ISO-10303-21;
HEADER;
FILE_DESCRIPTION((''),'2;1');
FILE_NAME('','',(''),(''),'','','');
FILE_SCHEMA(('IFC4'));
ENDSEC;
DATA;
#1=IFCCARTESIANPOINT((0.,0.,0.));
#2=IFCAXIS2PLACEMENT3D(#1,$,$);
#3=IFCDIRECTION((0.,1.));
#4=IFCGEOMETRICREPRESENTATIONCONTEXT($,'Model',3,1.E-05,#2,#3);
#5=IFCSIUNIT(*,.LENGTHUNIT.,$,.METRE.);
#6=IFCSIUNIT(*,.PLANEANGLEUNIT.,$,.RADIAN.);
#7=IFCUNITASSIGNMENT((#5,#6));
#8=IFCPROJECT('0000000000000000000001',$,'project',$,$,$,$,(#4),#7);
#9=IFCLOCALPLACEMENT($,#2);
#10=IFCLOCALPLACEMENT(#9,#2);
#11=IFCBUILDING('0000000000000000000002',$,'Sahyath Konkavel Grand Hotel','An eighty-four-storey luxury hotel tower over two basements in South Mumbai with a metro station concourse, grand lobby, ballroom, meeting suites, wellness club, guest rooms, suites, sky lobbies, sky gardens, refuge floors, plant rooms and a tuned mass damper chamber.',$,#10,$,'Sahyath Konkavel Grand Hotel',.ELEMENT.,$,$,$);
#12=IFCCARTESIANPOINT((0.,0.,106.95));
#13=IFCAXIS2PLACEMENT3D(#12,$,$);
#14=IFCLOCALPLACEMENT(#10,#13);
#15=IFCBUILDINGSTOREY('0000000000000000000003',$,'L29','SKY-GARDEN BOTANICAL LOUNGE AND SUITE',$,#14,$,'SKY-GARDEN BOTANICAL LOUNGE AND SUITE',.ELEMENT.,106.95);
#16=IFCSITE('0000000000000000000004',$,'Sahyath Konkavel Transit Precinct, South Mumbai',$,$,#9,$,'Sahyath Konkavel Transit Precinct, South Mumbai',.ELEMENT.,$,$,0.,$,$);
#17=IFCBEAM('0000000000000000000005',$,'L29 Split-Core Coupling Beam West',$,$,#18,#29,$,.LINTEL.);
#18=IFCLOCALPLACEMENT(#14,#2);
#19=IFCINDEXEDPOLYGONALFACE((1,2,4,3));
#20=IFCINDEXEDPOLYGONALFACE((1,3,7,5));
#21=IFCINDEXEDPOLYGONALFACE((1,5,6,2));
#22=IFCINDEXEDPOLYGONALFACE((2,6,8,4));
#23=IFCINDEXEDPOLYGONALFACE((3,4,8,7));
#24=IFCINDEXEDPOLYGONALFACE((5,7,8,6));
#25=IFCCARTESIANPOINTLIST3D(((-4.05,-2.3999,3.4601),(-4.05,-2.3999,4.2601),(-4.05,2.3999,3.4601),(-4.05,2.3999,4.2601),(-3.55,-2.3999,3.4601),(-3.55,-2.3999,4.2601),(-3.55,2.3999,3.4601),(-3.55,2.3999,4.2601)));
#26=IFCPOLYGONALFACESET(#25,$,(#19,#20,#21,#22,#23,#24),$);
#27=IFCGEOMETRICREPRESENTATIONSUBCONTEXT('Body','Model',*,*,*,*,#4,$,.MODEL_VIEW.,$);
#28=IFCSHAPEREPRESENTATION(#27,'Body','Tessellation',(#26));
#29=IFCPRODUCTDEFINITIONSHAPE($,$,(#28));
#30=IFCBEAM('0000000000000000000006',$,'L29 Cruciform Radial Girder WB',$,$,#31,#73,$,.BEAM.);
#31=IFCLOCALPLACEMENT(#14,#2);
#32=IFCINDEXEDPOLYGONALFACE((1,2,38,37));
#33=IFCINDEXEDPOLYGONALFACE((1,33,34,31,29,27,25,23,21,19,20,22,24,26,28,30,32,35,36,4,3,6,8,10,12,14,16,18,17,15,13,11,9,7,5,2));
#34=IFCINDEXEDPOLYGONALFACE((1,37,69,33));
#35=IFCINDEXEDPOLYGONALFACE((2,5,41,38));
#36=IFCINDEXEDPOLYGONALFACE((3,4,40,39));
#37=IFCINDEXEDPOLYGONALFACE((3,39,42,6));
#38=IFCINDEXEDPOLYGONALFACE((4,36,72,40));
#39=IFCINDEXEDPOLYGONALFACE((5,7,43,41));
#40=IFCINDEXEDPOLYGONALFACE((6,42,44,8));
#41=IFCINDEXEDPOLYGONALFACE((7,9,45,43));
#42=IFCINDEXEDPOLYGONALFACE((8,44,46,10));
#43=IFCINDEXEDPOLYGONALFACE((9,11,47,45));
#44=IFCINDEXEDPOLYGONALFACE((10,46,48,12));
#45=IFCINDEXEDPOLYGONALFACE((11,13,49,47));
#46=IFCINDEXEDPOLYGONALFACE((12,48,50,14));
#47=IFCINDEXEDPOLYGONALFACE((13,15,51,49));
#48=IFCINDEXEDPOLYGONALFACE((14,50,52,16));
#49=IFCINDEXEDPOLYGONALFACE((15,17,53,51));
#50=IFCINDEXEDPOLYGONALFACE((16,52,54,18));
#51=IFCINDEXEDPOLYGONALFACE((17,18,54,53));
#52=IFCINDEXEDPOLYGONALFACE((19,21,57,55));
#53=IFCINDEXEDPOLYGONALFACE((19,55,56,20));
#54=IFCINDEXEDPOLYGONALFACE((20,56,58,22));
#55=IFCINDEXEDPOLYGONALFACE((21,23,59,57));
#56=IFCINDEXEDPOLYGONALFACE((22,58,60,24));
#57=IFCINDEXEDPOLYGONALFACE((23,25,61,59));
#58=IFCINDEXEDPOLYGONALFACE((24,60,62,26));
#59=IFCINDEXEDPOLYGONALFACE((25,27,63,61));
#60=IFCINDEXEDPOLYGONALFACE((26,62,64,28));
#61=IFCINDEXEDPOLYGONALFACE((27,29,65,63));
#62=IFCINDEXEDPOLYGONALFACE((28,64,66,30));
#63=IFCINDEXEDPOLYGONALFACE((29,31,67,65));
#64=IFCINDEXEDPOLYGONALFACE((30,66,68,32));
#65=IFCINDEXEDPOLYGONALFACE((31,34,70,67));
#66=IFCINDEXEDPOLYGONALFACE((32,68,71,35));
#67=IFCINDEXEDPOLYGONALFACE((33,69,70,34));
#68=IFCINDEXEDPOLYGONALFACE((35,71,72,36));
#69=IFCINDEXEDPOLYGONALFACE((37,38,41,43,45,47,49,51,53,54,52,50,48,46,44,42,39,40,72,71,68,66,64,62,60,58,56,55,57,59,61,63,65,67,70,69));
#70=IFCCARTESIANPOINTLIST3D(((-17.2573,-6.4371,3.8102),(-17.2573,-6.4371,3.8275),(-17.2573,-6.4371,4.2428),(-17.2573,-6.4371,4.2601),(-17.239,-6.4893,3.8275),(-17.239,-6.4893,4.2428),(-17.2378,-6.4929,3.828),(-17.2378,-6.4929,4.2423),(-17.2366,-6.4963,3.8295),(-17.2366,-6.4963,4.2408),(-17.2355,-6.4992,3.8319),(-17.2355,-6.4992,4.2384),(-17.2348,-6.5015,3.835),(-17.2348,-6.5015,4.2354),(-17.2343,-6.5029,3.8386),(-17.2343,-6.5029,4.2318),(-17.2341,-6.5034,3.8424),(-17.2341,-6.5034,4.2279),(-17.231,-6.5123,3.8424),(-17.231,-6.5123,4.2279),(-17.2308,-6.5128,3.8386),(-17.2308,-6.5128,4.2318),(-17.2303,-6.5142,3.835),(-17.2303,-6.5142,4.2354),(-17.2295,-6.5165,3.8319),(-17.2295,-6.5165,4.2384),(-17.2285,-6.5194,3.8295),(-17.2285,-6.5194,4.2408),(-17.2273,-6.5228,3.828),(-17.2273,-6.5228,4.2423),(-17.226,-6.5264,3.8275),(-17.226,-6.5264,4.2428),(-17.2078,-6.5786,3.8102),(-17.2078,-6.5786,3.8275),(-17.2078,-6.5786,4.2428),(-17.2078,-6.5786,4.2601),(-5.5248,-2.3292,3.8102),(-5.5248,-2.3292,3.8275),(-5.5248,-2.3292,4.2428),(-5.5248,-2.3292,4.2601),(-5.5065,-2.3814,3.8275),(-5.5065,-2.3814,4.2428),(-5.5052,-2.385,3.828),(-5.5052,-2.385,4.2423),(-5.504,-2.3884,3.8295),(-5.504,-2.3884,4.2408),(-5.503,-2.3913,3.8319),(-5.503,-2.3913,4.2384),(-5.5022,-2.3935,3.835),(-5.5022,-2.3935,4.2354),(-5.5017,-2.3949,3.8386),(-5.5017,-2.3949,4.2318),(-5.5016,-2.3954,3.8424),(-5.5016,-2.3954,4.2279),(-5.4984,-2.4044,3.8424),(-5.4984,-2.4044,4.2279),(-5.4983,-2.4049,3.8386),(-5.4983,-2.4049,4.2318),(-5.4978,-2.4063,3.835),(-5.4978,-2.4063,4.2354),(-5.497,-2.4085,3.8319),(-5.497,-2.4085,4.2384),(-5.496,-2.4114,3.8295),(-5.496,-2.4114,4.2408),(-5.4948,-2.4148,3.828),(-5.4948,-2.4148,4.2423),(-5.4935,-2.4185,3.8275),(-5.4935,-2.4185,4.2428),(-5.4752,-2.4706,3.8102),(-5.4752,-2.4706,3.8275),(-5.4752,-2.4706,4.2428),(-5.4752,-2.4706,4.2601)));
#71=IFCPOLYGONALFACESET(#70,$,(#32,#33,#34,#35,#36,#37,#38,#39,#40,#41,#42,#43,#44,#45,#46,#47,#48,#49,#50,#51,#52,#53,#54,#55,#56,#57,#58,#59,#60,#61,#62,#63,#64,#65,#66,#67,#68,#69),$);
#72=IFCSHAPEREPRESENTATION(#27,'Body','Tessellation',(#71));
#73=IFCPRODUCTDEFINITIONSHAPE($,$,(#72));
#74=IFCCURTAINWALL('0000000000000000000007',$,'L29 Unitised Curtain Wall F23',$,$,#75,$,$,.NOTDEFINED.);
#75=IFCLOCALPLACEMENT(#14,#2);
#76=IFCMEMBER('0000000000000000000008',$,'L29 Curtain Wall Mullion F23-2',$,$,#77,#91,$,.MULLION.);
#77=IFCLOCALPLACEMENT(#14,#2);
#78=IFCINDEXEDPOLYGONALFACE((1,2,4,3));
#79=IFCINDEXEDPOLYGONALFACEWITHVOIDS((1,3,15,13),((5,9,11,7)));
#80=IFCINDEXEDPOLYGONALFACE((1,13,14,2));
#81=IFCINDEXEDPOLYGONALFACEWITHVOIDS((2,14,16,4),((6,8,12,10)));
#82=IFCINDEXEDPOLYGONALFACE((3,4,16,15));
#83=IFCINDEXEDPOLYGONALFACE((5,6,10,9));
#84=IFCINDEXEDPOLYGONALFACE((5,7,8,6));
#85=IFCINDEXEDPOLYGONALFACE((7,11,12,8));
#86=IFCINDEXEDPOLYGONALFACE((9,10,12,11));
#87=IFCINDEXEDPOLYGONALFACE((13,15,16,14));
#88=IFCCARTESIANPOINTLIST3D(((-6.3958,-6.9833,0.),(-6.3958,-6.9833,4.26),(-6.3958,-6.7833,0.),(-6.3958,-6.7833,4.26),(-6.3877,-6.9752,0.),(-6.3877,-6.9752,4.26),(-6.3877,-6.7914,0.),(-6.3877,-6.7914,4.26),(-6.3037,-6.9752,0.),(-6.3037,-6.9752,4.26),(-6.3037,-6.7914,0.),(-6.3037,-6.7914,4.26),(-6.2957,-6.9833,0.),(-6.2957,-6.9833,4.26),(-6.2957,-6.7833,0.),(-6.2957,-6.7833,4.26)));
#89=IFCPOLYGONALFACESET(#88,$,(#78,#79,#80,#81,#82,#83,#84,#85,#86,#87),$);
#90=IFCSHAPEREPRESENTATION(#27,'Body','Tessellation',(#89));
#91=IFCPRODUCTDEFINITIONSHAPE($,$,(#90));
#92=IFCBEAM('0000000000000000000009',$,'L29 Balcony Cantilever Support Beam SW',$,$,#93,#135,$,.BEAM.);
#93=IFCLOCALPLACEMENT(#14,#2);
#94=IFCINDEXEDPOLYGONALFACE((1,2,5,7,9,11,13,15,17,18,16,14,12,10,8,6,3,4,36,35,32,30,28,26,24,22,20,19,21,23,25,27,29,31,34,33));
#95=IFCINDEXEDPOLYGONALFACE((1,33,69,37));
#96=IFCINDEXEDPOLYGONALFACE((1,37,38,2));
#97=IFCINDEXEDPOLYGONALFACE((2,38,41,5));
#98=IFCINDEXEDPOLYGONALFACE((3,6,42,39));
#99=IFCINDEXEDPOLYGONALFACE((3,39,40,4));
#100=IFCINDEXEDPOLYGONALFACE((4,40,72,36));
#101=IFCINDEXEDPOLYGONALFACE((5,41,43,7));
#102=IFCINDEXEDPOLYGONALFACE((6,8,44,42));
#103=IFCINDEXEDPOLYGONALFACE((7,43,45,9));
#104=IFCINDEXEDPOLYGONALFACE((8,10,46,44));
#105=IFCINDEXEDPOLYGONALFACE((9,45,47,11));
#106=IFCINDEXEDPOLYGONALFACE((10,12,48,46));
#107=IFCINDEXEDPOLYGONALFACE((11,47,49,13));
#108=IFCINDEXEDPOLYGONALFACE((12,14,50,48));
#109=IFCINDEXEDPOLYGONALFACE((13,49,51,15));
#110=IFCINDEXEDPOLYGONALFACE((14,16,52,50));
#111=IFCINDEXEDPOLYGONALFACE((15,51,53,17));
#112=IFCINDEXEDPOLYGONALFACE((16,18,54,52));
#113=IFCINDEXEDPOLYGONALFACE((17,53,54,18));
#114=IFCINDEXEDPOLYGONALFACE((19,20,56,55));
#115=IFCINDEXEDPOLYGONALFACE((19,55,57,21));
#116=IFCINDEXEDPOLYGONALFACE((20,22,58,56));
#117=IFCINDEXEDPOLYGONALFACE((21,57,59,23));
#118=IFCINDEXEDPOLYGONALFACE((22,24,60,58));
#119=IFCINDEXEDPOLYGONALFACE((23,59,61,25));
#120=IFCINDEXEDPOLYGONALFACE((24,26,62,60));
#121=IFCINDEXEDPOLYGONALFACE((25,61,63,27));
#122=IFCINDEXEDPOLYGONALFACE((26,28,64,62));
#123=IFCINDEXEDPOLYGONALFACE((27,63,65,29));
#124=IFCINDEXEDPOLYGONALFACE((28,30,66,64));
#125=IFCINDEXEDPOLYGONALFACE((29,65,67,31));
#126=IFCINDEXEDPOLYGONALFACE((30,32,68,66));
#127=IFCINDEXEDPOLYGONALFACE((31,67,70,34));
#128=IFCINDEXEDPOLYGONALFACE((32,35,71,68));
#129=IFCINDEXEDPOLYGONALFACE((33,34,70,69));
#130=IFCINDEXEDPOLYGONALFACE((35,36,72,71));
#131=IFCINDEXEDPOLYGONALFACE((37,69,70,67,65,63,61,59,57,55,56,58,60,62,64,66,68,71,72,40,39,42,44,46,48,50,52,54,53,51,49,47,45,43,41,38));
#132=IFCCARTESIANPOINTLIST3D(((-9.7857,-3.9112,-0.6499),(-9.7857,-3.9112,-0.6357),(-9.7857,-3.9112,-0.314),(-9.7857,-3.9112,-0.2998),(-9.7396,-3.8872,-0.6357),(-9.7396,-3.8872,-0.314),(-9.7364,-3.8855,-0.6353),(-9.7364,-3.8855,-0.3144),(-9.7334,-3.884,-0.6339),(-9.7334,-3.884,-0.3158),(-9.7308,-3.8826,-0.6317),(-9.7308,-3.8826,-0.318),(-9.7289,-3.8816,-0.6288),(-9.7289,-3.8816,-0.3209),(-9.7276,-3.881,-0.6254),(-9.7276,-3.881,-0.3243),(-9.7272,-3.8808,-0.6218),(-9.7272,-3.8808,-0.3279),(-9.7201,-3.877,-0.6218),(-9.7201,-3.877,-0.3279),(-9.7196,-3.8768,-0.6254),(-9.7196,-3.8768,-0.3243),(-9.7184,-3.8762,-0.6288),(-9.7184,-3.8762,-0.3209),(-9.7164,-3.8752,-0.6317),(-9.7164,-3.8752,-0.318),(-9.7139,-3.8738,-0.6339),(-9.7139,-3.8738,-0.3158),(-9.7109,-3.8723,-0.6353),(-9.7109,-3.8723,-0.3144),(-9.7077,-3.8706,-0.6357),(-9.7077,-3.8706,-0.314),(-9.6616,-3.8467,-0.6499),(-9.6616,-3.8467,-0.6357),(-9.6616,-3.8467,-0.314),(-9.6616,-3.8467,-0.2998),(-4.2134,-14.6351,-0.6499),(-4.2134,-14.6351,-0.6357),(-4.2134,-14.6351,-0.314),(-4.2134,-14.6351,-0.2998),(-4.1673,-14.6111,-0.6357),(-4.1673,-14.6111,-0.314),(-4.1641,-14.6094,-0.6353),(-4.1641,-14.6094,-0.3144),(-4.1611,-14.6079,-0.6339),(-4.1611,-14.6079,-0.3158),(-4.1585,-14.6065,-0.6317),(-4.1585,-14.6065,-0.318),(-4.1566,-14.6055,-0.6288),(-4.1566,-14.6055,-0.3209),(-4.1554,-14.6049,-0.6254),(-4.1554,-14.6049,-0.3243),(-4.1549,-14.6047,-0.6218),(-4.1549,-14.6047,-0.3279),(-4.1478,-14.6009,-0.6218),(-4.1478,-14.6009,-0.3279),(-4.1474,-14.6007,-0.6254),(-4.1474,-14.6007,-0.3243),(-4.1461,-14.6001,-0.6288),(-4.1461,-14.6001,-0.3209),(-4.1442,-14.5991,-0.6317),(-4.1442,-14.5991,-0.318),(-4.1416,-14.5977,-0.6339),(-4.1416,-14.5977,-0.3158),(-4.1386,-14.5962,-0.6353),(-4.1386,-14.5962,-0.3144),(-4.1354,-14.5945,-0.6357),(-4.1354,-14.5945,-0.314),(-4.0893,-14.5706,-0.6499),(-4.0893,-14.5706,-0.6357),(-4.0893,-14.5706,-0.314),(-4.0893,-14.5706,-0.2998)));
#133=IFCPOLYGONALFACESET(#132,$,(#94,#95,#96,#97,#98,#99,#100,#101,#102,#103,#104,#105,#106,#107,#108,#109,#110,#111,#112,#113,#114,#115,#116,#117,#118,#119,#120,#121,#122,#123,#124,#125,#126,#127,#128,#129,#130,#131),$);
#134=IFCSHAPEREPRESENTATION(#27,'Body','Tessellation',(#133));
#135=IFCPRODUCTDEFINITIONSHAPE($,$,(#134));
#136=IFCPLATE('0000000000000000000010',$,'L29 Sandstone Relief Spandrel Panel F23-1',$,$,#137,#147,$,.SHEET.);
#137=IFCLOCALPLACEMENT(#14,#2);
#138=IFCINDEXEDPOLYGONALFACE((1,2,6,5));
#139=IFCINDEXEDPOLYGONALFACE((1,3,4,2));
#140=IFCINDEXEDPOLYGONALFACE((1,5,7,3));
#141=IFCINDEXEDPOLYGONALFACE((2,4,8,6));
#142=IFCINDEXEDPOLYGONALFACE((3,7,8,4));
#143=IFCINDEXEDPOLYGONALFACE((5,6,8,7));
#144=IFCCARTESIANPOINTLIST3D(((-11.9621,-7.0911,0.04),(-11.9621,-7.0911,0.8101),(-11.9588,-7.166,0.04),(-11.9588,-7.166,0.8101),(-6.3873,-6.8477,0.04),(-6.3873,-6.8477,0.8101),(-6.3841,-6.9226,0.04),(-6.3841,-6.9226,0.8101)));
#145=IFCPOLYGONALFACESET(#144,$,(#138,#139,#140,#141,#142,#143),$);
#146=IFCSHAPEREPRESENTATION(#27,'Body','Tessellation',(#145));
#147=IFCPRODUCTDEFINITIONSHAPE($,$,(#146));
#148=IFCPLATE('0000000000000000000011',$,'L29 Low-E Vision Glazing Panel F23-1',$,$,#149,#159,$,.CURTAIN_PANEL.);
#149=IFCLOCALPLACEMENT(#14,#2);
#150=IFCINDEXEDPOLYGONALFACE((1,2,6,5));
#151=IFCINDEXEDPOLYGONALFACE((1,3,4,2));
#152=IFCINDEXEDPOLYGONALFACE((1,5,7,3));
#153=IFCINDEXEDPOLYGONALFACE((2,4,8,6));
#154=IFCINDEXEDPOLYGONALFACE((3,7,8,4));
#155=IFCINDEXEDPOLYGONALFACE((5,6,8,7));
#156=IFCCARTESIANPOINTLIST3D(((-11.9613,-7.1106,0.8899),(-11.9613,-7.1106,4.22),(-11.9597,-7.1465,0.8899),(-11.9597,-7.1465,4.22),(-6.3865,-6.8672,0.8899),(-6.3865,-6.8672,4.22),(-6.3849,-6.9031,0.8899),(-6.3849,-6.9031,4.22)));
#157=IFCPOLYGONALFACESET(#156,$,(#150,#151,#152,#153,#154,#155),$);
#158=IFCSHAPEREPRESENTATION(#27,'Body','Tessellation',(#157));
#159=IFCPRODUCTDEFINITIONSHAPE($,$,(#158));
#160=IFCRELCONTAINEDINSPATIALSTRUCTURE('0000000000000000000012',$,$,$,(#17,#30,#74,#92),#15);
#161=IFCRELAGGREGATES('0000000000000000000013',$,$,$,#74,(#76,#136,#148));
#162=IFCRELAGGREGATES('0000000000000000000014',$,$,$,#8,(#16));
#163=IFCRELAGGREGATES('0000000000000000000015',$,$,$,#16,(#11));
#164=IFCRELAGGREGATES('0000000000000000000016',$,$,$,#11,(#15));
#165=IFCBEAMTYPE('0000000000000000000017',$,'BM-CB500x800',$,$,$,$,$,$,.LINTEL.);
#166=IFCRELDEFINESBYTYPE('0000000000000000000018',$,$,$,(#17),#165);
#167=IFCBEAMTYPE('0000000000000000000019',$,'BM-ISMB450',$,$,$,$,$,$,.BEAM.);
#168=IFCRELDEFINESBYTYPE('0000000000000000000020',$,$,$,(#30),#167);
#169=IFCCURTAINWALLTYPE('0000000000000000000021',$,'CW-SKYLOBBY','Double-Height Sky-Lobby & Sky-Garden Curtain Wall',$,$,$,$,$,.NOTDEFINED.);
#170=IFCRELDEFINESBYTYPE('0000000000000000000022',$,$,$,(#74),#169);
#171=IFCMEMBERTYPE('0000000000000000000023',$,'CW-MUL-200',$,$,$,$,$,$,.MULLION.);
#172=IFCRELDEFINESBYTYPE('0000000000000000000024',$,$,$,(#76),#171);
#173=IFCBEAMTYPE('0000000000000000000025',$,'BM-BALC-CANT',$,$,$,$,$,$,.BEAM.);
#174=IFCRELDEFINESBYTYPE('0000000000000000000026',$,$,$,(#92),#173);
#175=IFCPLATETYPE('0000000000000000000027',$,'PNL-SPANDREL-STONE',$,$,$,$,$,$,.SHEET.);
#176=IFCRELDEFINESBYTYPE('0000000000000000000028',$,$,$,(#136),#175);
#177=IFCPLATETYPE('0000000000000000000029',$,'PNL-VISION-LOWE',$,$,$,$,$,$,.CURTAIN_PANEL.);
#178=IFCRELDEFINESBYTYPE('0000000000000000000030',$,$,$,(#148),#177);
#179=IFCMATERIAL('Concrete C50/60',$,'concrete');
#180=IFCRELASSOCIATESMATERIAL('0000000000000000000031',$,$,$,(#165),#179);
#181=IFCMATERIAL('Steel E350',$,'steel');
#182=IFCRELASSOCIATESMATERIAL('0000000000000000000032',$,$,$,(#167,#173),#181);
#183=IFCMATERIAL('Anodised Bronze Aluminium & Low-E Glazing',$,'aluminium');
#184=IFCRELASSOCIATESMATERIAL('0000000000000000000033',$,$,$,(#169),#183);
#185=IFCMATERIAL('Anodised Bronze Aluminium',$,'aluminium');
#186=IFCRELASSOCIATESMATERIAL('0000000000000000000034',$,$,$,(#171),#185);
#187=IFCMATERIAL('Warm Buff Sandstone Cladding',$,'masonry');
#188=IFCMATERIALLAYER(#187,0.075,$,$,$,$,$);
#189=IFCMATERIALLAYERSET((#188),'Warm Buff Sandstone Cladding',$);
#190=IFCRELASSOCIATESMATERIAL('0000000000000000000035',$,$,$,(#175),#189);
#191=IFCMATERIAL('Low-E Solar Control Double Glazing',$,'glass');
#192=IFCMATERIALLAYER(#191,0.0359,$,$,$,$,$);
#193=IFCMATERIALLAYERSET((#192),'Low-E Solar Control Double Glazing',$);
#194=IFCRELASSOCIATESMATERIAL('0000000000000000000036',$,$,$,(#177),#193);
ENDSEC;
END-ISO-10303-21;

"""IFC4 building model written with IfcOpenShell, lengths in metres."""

from ifc_helpers import new_model, si_unit, direction, frame, origin, origin_2d, place, context, subcontext, project, spatial, rectangle, hollow_rectangle, i_section, extrude, source, transform, mapped, material, layer, layer_set, material_profile, profile_set, type_object, element, aggregate, save


model = new_model("IFC4")

# Units and contexts
model_context = context("Model", 3, precision=1e-05, world=origin(), true_north=direction((0.0, 1.0)))
body_context = subcontext(model_context, "Body", "Model", "MODEL_VIEW")
ifc_project = project(units=[si_unit("LENGTHUNIT", "METRE"), si_unit("PLANEANGLEUNIT", "RADIAN")], contexts=[model_context])

# Site, building, storey
site_placement = place(None, origin())
site = spatial("IfcSite", under=ifc_project, at=site_placement, Name="Sahyath Konkavel Transit Precinct, South Mumbai", LongName="Sahyath Konkavel Transit Precinct, South Mumbai", CompositionType="ELEMENT", RefElevation=0.0)
building_placement = place(site_placement, origin())
building = spatial("IfcBuilding", under=site, at=building_placement, Name="Sahyath Konkavel Grand Hotel", Description="An eighty-four-storey luxury hotel tower over two basements in South Mumbai with a metro station concourse, grand lobby, ballroom, meeting suites, wellness club, guest rooms, suites, sky lobbies, sky gardens, refuge floors, plant rooms and a tuned mass damper chamber.", LongName="Sahyath Konkavel Grand Hotel", CompositionType="ELEMENT")
storey_placement = place(building_placement, frame((0.0, 0.0, 106.95)))
storey = spatial("IfcBuildingStorey", under=building, at=storey_placement, Name="L29", Description="SKY-GARDEN BOTANICAL LOUNGE AND SUITE", LongName="SKY-GARDEN BOTANICAL LOUNGE AND SUITE", CompositionType="ELEMENT", Elevation=106.95)

# Shared definitions
ifc_material_1 = material(Name="Concrete C50/60", Category="concrete")

# Beams
ifc_material_2 = material(Name="Steel E350", Category="steel")
ifc_material_profile_1 = material_profile(ifc_material_1, rectangle(XDim=0.5, YDim=0.8, at=origin_2d()), Name="RC 500x800")
ifc_profile_set_1 = profile_set([ifc_material_profile_1], Name="Concrete C50/60")
beam_type_1 = type_object("IfcBeamType", Name="BM-CB500x800", PredefinedType="LINTEL", material=ifc_profile_set_1)
shared_shape_1 = source(origin(), body_context, "Body", "SweptSolid", [
    extrude(rectangle(XDim=0.5, YDim=0.8, at=origin_2d()), origin(), (0.0, 0.0, 1.0), 4.7998),
])
beam_1_placement = place(storey_placement, frame((-3.8, -2.3999, 3.8601), z_axis=(0.0, 1.0, 0.0), x_axis=(-1.0, 0.0, 0.0)))
element("IfcBeam", 1, at=beam_1_placement, inside=storey, type_object=beam_type_1, Name="L29 Split-Core Coupling Beam West", PredefinedType="LINTEL", context=body_context, shape_type="MappedRepresentation", body=[
    mapped(shared_shape_1, transform((0.0, 0.0, 0.0), scale=1.0)),
])
ifc_material_profile_2 = material_profile(ifc_material_2, i_section(OverallWidth=0.1499, OverallDepth=0.45, WebThickness=0.0095, FlangeThickness=0.0173, FilletRadius=0.0149, at=origin_2d()), Name="ISMB 450")
ifc_profile_set_2 = profile_set([ifc_material_profile_2], Name="Steel E350")
beam_type_2 = type_object("IfcBeamType", Name="BM-ISMB450", PredefinedType="BEAM", material=ifc_profile_set_2)
shared_shape_2 = source(origin(), body_context, "Body", "SweptSolid", [
    extrude(i_section(OverallWidth=0.1499, OverallDepth=0.45, WebThickness=0.0095, FlangeThickness=0.0173, FilletRadius=0.0149, at=origin_2d()), origin(), (0.0, 0.0, 1.0), 12.4309),
])
beam_2_placement = place(storey_placement, frame((-5.5, -2.3999, 4.0352), z_axis=(-0.943819, -0.330462, 0.0), x_axis=(0.330462, -0.943819, 0.0)))
element("IfcBeam", 2, at=beam_2_placement, inside=storey, type_object=beam_type_2, Name="L29 Cruciform Radial Girder WB", PredefinedType="BEAM", context=body_context, shape_type="MappedRepresentation", body=[
    mapped(shared_shape_2, transform((0.0, 0.0, 0.0), scale=1.0)),
])

# Curtain wall, member
ifc_material_3 = material(Name="Anodised Bronze Aluminium & Low-E Glazing", Category="aluminium")
curtain_wall_type = type_object("IfcCurtainWallType", Name="CW-SKYLOBBY", Description="Double-Height Sky-Lobby & Sky-Garden Curtain Wall", PredefinedType="NOTDEFINED", material=ifc_material_3)
curtain_wall_placement = place(storey_placement, origin())
curtain_wall = element("IfcCurtainWall", 3, at=curtain_wall_placement, inside=storey, type_object=curtain_wall_type, Name="L29 Unitised Curtain Wall F23", PredefinedType="NOTDEFINED")
ifc_material_4 = material(Name="Anodised Bronze Aluminium", Category="aluminium")
ifc_material_profile_3 = material_profile(ifc_material_4, hollow_rectangle(XDim=0.1001, YDim=0.2, WallThickness=0.0081, at=origin_2d()), Name="RHS 200x100x8")
ifc_profile_set_3 = profile_set([ifc_material_profile_3], Name="Anodised Bronze Aluminium")
member_type = type_object("IfcMemberType", Name="CW-MUL-200", PredefinedType="MULLION", material=ifc_profile_set_3)
shared_shape_3 = source(origin(), body_context, "Body", "SweptSolid", [
    extrude(hollow_rectangle(XDim=0.1001, YDim=0.2, WallThickness=0.0081, at=origin_2d()), origin(), (0.0, 0.0, 1.0), 4.26),
])
member_placement = place(storey_placement, frame((-6.3457, -6.8833, 0.0), z_axis=(0.0, 0.0, 1.0), x_axis=(1.0, 0.0, 0.0)))
member = element("IfcMember", 4, at=member_placement, type_object=member_type, Name="L29 Curtain Wall Mullion F23-2", PredefinedType="MULLION", context=body_context, shape_type="MappedRepresentation", body=[
    mapped(shared_shape_3, transform((0.0, 0.0, 0.0), scale=1.0)),
])

# Beam
ifc_material_profile_4 = material_profile(ifc_material_2, i_section(OverallWidth=0.1399, OverallDepth=0.3501, WebThickness=0.0081, FlangeThickness=0.0142, FilletRadius=0.0139, at=origin_2d()), Name="ISMB 350")
ifc_profile_set_4 = profile_set([ifc_material_profile_4], Name="Steel E350")
beam_type_3 = type_object("IfcBeamType", Name="BM-BALC-CANT", PredefinedType="BEAM", material=ifc_profile_set_4)
shared_shape_4 = source(origin(), body_context, "Body", "SweptSolid", [
    extrude(i_section(OverallWidth=0.1399, OverallDepth=0.3501, WebThickness=0.0081, FlangeThickness=0.0142, FilletRadius=0.0139, at=origin_2d()), origin(), (0.0, 0.0, 1.0), 12.0852),
])
beam_3_placement = place(storey_placement, frame((-9.7236, -3.8789, -0.4749), z_axis=(0.461082, -0.887357, 0.0), x_axis=(0.887357, 0.461082, 0.0)))
element("IfcBeam", 5, at=beam_3_placement, inside=storey, type_object=beam_type_3, Name="L29 Balcony Cantilever Support Beam SW", PredefinedType="BEAM", context=body_context, shape_type="MappedRepresentation", body=[
    mapped(shared_shape_4, transform((0.0, 0.0, 0.0), scale=1.0)),
])

# Plates
ifc_material_5 = material(Name="Warm Buff Sandstone Cladding", Category="masonry")
ifc_layer_1 = layer(ifc_material_5, 0.075)
ifc_layer_set_1 = layer_set([ifc_layer_1], Name="Warm Buff Sandstone Cladding")
plate_type_1 = type_object("IfcPlateType", Name="PNL-SPANDREL-STONE", PredefinedType="SHEET", material=ifc_layer_set_1)
shared_shape_5 = source(origin(), body_context, "Body", "SweptSolid", [
    extrude(rectangle(XDim=5.5801, YDim=0.075, at=origin_2d()), origin(), (0.0, 0.0, 1.0), 0.77),
])
plate_1_placement = place(storey_placement, frame((-9.1731, -7.0068, 0.04), z_axis=(0.0, 0.0, 1.0), x_axis=(0.999048, 0.043619, 0.0)))
plate_1 = element("IfcPlate", 6, at=plate_1_placement, type_object=plate_type_1, Name="L29 Sandstone Relief Spandrel Panel F23-1", PredefinedType="SHEET", context=body_context, shape_type="MappedRepresentation", body=[
    mapped(shared_shape_5, transform((0.0, 0.0, 0.0), scale=1.0)),
])
ifc_material_6 = material(Name="Low-E Solar Control Double Glazing", Category="glass")
ifc_layer_2 = layer(ifc_material_6, 0.0359)
ifc_layer_set_2 = layer_set([ifc_layer_2], Name="Low-E Solar Control Double Glazing")
plate_type_2 = type_object("IfcPlateType", Name="PNL-VISION-LOWE", PredefinedType="CURTAIN_PANEL", material=ifc_layer_set_2)
shared_shape_6 = source(origin(), body_context, "Body", "SweptSolid", [
    extrude(rectangle(XDim=5.5801, YDim=0.0359, at=origin_2d()), origin(), (0.0, 0.0, 1.0), 3.3301),
])
plate_2_placement = place(storey_placement, frame((-9.1731, -7.0068, 0.8899), z_axis=(0.0, 0.0, 1.0), x_axis=(0.999048, 0.043619, 0.0)))
plate_2 = element("IfcPlate", 7, at=plate_2_placement, type_object=plate_type_2, Name="L29 Low-E Vision Glazing Panel F23-1", PredefinedType="CURTAIN_PANEL", context=body_context, shape_type="MappedRepresentation", body=[
    mapped(shared_shape_6, transform((0.0, 0.0, 0.0), scale=1.0)),
])
aggregate(curtain_wall, [member, plate_1, plate_2])

save(model, "model.ifc")
